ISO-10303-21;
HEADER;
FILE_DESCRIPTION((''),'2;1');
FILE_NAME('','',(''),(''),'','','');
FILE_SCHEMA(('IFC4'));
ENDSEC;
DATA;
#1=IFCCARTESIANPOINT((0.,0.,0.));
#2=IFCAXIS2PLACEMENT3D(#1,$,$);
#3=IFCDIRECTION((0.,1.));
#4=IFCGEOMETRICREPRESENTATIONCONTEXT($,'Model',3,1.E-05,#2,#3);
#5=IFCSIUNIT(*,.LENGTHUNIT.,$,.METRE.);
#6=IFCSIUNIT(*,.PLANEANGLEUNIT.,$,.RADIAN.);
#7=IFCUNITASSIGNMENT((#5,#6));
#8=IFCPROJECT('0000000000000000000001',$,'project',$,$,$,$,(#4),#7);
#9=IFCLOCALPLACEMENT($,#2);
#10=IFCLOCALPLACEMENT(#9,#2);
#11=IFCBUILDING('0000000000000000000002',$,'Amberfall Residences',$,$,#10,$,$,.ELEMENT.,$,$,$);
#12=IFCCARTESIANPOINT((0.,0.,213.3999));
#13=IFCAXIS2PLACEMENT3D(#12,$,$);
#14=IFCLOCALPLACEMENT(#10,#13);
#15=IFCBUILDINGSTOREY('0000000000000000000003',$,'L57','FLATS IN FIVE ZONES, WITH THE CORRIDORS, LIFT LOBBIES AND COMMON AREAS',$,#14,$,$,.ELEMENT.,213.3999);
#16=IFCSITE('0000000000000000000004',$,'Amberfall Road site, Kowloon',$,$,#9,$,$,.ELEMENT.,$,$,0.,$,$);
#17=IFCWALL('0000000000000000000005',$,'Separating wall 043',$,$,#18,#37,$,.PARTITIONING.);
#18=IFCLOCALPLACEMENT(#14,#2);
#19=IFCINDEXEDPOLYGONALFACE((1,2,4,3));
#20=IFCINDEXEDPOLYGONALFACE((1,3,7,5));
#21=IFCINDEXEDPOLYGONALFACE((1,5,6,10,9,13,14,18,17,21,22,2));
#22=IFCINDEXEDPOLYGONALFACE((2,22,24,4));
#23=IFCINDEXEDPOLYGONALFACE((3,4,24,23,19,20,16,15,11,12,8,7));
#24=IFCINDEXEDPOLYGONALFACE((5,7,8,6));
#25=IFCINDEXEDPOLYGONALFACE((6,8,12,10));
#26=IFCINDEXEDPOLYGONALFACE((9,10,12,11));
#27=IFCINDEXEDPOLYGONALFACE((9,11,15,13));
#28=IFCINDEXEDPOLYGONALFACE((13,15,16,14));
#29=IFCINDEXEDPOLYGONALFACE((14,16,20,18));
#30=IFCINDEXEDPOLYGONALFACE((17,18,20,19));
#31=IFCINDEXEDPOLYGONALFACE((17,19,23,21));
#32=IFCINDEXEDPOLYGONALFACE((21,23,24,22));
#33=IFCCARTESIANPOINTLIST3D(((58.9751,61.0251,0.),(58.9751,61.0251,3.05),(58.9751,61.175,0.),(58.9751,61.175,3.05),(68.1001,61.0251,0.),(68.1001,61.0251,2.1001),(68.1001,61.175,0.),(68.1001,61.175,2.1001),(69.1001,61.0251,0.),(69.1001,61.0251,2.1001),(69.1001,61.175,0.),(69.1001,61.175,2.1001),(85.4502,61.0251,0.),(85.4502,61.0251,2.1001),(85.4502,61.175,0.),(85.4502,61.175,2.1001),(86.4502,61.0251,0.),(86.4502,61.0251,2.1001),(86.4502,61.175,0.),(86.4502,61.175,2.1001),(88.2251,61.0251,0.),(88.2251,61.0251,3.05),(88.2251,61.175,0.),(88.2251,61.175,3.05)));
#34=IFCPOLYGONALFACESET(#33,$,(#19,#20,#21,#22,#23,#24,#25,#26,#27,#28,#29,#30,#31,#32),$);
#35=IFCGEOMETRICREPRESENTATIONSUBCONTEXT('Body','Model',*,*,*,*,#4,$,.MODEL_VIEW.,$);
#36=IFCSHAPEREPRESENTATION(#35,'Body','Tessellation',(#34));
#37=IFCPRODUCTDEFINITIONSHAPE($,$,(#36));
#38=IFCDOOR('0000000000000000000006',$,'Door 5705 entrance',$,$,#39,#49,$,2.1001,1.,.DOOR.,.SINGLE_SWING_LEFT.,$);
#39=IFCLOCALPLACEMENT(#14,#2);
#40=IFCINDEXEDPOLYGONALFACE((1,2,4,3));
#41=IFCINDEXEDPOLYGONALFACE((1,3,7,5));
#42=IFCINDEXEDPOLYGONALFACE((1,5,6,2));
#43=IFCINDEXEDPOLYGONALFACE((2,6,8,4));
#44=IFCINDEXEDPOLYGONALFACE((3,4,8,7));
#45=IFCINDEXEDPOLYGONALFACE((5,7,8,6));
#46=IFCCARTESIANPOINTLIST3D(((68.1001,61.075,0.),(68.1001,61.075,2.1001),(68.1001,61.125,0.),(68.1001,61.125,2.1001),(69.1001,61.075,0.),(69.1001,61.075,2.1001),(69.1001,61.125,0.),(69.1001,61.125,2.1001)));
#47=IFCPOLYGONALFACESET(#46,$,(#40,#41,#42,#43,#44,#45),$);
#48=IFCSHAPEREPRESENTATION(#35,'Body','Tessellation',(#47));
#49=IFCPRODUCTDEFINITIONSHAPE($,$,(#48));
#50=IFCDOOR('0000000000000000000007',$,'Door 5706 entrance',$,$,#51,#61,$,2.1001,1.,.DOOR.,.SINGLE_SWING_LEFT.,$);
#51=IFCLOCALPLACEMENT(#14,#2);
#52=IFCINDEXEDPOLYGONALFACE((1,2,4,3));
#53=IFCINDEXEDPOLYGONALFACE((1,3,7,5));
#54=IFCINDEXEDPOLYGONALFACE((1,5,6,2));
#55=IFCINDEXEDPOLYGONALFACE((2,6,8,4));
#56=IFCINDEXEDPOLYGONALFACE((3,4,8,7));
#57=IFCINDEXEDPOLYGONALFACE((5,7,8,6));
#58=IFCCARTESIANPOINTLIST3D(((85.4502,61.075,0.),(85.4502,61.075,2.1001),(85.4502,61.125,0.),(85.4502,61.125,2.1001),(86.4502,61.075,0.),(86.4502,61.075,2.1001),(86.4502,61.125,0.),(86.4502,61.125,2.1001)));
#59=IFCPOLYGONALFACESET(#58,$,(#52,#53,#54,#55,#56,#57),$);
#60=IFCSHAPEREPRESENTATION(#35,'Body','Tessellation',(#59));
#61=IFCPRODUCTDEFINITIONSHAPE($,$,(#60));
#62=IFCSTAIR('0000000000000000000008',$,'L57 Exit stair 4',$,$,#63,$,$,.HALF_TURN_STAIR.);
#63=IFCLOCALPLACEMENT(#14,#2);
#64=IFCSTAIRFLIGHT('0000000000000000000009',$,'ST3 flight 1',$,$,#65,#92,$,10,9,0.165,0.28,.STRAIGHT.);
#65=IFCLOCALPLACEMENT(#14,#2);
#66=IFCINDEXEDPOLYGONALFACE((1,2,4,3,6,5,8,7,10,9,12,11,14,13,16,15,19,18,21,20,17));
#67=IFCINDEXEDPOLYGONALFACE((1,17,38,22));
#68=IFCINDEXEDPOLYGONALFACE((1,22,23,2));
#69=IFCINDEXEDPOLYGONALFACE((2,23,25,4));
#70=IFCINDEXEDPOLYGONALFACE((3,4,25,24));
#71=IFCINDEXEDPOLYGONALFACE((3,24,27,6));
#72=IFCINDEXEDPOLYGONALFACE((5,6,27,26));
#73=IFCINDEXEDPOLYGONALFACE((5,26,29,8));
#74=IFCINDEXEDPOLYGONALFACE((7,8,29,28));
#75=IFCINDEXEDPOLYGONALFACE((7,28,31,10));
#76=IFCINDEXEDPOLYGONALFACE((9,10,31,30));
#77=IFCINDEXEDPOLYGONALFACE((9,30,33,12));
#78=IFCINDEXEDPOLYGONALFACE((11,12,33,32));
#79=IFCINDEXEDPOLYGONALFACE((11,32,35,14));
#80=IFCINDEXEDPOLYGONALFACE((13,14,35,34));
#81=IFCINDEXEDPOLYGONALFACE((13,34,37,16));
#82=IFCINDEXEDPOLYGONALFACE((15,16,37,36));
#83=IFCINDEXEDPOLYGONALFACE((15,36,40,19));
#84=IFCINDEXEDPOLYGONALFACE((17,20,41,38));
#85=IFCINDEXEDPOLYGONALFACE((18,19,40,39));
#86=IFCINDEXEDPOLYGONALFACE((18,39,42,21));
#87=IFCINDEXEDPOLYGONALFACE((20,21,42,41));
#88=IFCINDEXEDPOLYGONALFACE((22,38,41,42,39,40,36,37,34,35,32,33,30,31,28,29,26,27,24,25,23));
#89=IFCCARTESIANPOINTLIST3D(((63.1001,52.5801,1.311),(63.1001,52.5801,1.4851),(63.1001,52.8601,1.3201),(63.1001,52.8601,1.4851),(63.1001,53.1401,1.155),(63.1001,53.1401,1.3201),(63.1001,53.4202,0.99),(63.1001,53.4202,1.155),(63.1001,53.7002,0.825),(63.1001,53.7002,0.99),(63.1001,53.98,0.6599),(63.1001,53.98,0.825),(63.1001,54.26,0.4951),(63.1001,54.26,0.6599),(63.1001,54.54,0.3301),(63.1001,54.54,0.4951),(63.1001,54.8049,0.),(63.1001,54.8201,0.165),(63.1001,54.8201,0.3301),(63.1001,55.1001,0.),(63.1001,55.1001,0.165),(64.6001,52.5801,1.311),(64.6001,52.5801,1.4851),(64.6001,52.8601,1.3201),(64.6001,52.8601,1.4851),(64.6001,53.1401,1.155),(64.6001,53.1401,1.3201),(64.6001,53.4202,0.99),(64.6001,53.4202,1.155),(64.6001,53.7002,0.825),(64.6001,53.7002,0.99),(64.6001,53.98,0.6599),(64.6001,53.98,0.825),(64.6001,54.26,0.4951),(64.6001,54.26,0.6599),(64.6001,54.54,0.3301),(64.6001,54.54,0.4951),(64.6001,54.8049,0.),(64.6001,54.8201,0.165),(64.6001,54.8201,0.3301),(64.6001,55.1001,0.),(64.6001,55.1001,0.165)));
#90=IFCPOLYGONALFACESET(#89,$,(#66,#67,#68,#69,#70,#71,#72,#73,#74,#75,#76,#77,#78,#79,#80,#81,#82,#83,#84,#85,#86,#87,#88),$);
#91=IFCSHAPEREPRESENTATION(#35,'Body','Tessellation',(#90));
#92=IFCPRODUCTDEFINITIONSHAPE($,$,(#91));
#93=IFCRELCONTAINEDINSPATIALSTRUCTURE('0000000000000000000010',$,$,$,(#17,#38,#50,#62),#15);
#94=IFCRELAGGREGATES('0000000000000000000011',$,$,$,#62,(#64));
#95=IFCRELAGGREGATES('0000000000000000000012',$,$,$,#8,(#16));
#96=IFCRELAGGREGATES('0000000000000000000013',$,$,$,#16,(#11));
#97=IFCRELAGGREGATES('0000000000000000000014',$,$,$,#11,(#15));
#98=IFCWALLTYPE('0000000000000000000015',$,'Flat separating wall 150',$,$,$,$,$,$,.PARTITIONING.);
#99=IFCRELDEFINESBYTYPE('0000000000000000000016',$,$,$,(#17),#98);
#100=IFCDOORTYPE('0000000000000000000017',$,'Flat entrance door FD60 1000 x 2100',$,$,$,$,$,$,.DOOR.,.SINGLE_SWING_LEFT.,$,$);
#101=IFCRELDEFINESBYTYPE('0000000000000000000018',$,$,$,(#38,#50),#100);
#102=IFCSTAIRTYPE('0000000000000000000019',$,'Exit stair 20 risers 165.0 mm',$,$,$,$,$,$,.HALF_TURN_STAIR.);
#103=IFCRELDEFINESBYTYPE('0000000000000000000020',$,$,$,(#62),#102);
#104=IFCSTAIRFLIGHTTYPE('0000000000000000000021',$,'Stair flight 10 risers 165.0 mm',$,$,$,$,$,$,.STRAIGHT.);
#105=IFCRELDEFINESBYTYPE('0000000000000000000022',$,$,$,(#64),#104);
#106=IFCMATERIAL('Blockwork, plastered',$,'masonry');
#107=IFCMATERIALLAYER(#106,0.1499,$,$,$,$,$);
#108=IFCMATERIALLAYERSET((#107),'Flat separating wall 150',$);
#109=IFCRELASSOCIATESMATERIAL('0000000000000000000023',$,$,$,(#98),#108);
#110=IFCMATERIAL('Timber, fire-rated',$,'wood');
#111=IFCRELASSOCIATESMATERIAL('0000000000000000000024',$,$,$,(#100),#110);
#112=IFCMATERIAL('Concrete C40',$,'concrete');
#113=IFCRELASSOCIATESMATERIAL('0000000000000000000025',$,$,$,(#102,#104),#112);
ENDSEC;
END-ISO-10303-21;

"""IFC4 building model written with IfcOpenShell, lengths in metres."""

from ifc_helpers import new_model, si_unit, direction, frame, frame_2d, origin, place, context, subcontext, project, spatial, polyline, rectangle, outline, extrude, material, layer, layer_set, type_object, element, fill, aggregate, save


model = new_model("IFC4")

# Units and contexts
model_context = context("Model", 3, precision=1e-05, world=origin(), true_north=direction((0.0, 1.0)))
body_context = subcontext(model_context, "Body", "Model", "MODEL_VIEW")
ifc_project = project(units=[si_unit("LENGTHUNIT", "METRE"), si_unit("PLANEANGLEUNIT", "RADIAN")], contexts=[model_context])

# Site, building, storey
site_placement = place(None, origin())
site = spatial("IfcSite", under=ifc_project, at=site_placement, Name="Amberfall Road site, Kowloon", CompositionType="ELEMENT", RefElevation=0.0)
building_placement = place(site_placement, origin())
building = spatial("IfcBuilding", under=site, at=building_placement, Name="Amberfall Residences", CompositionType="ELEMENT")
storey_placement = place(building_placement, frame((0.0, 0.0, 213.3999)))
storey = spatial("IfcBuildingStorey", under=building, at=storey_placement, Name="L57", Description="FLATS IN FIVE ZONES, WITH THE CORRIDORS, LIFT LOBBIES AND COMMON AREAS", CompositionType="ELEMENT", Elevation=213.3999)

# Shared definitions
ifc_material_1 = material(Name="Blockwork, plastered", Category="masonry")
ifc_layer_1 = layer(ifc_material_1, 0.1499)
ifc_layer_set_1 = layer_set([ifc_layer_1], Name="Flat separating wall 150")
wall_type_1 = type_object("IfcWallType", Name="Flat separating wall 150", PredefinedType="PARTITIONING", material=ifc_layer_set_1)

# Wall, openings, doors
wall_1_placement = place(storey_placement, frame((58.9751, 61.1001, 0.0), z_axis=(0.0, 0.0, 1.0), x_axis=(1.0, 0.0, 0.0)))
wall_1 = element("IfcWall", 1, at=wall_1_placement, inside=storey, type_object=wall_type_1, Name="Separating wall 043", PredefinedType="PARTITIONING", context=body_context, shape_type="SweptSolid", body=[
    extrude(rectangle(XDim=29.25, YDim=0.1499, at=frame_2d((14.625, 0.0))), origin(), (0.0, 0.0, 1.0), 3.05),
])
opening_1_placement = place(wall_1_placement, frame((9.125, 0.0, 0.0)))
opening_1 = element("IfcOpeningElement", 2, at=opening_1_placement, cuts=wall_1, PredefinedType="OPENING", context=body_context, shape_type="SweptSolid", body=[
    extrude(rectangle(XDim=1.0, YDim=2.1001, at=frame_2d((0.5, 1.05))), frame((0.0, 0.085, 0.0), z_axis=(0.0, -1.0, 0.0), x_axis=(1.0, 0.0, 0.0)), (0.0, 0.0, 1.0), 0.1699),
])
opening_2_placement = place(wall_1_placement, frame((26.4751, 0.0, 0.0)))
opening_2 = element("IfcOpeningElement", 3, at=opening_2_placement, cuts=wall_1, PredefinedType="OPENING", context=body_context, shape_type="SweptSolid", body=[
    extrude(rectangle(XDim=1.0, YDim=2.1001, at=frame_2d((0.5, 1.05))), frame((0.0, 0.085, 0.0), z_axis=(0.0, -1.0, 0.0), x_axis=(1.0, 0.0, 0.0)), (0.0, 0.0, 1.0), 0.1699),
])
ifc_material_2 = material(Name="Timber, fire-rated", Category="wood")
door_type_1 = type_object("IfcDoorType", Name="Flat entrance door FD60 1000 x 2100", OperationType="SINGLE_SWING_LEFT", PredefinedType="DOOR", material=ifc_material_2)
door_1_placement = place(opening_1_placement, origin())
door_1 = element("IfcDoor", 4, at=door_1_placement, inside=storey, type_object=door_type_1, Name="Door 5705 entrance", OperationType="SINGLE_SWING_LEFT", OverallHeight=2.1001, OverallWidth=1.0, PredefinedType="DOOR", context=body_context, shape_type="SweptSolid", body=[
    extrude(rectangle(XDim=1.0, YDim=2.1001, at=frame_2d((0.5, 1.05))), frame((0.0, 0.0249, 0.0), z_axis=(0.0, -1.0, 0.0), x_axis=(1.0, 0.0, 0.0)), (0.0, 0.0, 1.0), 0.05),
])
fill(opening_1, door_1)
door_2_placement = place(opening_2_placement, origin())
door_2 = element("IfcDoor", 5, at=door_2_placement, inside=storey, type_object=door_type_1, Name="Door 5706 entrance", OperationType="SINGLE_SWING_LEFT", OverallHeight=2.1001, OverallWidth=1.0, PredefinedType="DOOR", context=body_context, shape_type="SweptSolid", body=[
    extrude(rectangle(XDim=1.0, YDim=2.1001, at=frame_2d((0.5, 1.05))), frame((0.0, 0.0249, 0.0), z_axis=(0.0, -1.0, 0.0), x_axis=(1.0, 0.0, 0.0)), (0.0, 0.0, 1.0), 0.05),
])
fill(opening_2, door_2)

# Stair, stair flight
ifc_material_3 = material(Name="Concrete C40", Category="concrete")
stair_type = type_object("IfcStairType", Name="Exit stair 20 risers 165.0 mm", PredefinedType="HALF_TURN_STAIR", material=ifc_material_3)
stair_placement = place(storey_placement, origin())
stair = element("IfcStair", 6, at=stair_placement, inside=storey, type_object=stair_type, Name="L57 Exit stair 4", PredefinedType="HALF_TURN_STAIR")
stair_flight_type = type_object("IfcStairFlightType", Name="Stair flight 10 risers 165.0 mm", PredefinedType="STRAIGHT", material=ifc_material_3)
stair_flight_placement = place(storey_placement, frame((63.8501, 55.1001, 0.0), z_axis=(0.0, 0.0, 1.0), x_axis=(0.0, -1.0, 0.0)))
stair_flight = element("IfcStairFlight", 7, at=stair_flight_placement, type_object=stair_flight_type, Name="ST3 flight 1", NumberOfRisers=10, NumberOfTreads=9, PredefinedType="STRAIGHT", RiserHeight=0.165, TreadLength=0.28, context=body_context, shape_type="SweptSolid", body=[
    extrude(outline(polyline([(0.0, 0.0), (0.0, 0.165), (0.28, 0.165), (0.28, 0.3301), (0.5601, 0.3301), (0.5601, 0.4951), (0.8401, 0.4951), (0.8401, 0.6599), (1.1201, 0.6599), (1.1201, 0.825), (1.3999, 0.825), (1.3999, 0.99), (1.6799, 0.99), (1.6799, 1.155), (1.96, 1.155), (1.96, 1.3201), (2.24, 1.3201), (2.24, 1.4851), (2.52, 1.4851), (2.52, 1.6499), (2.52, 1.311), (0.2952, 0.0), (0.0, 0.0)])), frame((0.0, 0.75, 0.0), z_axis=(0.0, -1.0, 0.0), x_axis=(1.0, 0.0, 0.0)), (0.0, 0.0, 1.0), 1.5),
])
aggregate(stair, [stair_flight])

save(model, "model.ifc")
